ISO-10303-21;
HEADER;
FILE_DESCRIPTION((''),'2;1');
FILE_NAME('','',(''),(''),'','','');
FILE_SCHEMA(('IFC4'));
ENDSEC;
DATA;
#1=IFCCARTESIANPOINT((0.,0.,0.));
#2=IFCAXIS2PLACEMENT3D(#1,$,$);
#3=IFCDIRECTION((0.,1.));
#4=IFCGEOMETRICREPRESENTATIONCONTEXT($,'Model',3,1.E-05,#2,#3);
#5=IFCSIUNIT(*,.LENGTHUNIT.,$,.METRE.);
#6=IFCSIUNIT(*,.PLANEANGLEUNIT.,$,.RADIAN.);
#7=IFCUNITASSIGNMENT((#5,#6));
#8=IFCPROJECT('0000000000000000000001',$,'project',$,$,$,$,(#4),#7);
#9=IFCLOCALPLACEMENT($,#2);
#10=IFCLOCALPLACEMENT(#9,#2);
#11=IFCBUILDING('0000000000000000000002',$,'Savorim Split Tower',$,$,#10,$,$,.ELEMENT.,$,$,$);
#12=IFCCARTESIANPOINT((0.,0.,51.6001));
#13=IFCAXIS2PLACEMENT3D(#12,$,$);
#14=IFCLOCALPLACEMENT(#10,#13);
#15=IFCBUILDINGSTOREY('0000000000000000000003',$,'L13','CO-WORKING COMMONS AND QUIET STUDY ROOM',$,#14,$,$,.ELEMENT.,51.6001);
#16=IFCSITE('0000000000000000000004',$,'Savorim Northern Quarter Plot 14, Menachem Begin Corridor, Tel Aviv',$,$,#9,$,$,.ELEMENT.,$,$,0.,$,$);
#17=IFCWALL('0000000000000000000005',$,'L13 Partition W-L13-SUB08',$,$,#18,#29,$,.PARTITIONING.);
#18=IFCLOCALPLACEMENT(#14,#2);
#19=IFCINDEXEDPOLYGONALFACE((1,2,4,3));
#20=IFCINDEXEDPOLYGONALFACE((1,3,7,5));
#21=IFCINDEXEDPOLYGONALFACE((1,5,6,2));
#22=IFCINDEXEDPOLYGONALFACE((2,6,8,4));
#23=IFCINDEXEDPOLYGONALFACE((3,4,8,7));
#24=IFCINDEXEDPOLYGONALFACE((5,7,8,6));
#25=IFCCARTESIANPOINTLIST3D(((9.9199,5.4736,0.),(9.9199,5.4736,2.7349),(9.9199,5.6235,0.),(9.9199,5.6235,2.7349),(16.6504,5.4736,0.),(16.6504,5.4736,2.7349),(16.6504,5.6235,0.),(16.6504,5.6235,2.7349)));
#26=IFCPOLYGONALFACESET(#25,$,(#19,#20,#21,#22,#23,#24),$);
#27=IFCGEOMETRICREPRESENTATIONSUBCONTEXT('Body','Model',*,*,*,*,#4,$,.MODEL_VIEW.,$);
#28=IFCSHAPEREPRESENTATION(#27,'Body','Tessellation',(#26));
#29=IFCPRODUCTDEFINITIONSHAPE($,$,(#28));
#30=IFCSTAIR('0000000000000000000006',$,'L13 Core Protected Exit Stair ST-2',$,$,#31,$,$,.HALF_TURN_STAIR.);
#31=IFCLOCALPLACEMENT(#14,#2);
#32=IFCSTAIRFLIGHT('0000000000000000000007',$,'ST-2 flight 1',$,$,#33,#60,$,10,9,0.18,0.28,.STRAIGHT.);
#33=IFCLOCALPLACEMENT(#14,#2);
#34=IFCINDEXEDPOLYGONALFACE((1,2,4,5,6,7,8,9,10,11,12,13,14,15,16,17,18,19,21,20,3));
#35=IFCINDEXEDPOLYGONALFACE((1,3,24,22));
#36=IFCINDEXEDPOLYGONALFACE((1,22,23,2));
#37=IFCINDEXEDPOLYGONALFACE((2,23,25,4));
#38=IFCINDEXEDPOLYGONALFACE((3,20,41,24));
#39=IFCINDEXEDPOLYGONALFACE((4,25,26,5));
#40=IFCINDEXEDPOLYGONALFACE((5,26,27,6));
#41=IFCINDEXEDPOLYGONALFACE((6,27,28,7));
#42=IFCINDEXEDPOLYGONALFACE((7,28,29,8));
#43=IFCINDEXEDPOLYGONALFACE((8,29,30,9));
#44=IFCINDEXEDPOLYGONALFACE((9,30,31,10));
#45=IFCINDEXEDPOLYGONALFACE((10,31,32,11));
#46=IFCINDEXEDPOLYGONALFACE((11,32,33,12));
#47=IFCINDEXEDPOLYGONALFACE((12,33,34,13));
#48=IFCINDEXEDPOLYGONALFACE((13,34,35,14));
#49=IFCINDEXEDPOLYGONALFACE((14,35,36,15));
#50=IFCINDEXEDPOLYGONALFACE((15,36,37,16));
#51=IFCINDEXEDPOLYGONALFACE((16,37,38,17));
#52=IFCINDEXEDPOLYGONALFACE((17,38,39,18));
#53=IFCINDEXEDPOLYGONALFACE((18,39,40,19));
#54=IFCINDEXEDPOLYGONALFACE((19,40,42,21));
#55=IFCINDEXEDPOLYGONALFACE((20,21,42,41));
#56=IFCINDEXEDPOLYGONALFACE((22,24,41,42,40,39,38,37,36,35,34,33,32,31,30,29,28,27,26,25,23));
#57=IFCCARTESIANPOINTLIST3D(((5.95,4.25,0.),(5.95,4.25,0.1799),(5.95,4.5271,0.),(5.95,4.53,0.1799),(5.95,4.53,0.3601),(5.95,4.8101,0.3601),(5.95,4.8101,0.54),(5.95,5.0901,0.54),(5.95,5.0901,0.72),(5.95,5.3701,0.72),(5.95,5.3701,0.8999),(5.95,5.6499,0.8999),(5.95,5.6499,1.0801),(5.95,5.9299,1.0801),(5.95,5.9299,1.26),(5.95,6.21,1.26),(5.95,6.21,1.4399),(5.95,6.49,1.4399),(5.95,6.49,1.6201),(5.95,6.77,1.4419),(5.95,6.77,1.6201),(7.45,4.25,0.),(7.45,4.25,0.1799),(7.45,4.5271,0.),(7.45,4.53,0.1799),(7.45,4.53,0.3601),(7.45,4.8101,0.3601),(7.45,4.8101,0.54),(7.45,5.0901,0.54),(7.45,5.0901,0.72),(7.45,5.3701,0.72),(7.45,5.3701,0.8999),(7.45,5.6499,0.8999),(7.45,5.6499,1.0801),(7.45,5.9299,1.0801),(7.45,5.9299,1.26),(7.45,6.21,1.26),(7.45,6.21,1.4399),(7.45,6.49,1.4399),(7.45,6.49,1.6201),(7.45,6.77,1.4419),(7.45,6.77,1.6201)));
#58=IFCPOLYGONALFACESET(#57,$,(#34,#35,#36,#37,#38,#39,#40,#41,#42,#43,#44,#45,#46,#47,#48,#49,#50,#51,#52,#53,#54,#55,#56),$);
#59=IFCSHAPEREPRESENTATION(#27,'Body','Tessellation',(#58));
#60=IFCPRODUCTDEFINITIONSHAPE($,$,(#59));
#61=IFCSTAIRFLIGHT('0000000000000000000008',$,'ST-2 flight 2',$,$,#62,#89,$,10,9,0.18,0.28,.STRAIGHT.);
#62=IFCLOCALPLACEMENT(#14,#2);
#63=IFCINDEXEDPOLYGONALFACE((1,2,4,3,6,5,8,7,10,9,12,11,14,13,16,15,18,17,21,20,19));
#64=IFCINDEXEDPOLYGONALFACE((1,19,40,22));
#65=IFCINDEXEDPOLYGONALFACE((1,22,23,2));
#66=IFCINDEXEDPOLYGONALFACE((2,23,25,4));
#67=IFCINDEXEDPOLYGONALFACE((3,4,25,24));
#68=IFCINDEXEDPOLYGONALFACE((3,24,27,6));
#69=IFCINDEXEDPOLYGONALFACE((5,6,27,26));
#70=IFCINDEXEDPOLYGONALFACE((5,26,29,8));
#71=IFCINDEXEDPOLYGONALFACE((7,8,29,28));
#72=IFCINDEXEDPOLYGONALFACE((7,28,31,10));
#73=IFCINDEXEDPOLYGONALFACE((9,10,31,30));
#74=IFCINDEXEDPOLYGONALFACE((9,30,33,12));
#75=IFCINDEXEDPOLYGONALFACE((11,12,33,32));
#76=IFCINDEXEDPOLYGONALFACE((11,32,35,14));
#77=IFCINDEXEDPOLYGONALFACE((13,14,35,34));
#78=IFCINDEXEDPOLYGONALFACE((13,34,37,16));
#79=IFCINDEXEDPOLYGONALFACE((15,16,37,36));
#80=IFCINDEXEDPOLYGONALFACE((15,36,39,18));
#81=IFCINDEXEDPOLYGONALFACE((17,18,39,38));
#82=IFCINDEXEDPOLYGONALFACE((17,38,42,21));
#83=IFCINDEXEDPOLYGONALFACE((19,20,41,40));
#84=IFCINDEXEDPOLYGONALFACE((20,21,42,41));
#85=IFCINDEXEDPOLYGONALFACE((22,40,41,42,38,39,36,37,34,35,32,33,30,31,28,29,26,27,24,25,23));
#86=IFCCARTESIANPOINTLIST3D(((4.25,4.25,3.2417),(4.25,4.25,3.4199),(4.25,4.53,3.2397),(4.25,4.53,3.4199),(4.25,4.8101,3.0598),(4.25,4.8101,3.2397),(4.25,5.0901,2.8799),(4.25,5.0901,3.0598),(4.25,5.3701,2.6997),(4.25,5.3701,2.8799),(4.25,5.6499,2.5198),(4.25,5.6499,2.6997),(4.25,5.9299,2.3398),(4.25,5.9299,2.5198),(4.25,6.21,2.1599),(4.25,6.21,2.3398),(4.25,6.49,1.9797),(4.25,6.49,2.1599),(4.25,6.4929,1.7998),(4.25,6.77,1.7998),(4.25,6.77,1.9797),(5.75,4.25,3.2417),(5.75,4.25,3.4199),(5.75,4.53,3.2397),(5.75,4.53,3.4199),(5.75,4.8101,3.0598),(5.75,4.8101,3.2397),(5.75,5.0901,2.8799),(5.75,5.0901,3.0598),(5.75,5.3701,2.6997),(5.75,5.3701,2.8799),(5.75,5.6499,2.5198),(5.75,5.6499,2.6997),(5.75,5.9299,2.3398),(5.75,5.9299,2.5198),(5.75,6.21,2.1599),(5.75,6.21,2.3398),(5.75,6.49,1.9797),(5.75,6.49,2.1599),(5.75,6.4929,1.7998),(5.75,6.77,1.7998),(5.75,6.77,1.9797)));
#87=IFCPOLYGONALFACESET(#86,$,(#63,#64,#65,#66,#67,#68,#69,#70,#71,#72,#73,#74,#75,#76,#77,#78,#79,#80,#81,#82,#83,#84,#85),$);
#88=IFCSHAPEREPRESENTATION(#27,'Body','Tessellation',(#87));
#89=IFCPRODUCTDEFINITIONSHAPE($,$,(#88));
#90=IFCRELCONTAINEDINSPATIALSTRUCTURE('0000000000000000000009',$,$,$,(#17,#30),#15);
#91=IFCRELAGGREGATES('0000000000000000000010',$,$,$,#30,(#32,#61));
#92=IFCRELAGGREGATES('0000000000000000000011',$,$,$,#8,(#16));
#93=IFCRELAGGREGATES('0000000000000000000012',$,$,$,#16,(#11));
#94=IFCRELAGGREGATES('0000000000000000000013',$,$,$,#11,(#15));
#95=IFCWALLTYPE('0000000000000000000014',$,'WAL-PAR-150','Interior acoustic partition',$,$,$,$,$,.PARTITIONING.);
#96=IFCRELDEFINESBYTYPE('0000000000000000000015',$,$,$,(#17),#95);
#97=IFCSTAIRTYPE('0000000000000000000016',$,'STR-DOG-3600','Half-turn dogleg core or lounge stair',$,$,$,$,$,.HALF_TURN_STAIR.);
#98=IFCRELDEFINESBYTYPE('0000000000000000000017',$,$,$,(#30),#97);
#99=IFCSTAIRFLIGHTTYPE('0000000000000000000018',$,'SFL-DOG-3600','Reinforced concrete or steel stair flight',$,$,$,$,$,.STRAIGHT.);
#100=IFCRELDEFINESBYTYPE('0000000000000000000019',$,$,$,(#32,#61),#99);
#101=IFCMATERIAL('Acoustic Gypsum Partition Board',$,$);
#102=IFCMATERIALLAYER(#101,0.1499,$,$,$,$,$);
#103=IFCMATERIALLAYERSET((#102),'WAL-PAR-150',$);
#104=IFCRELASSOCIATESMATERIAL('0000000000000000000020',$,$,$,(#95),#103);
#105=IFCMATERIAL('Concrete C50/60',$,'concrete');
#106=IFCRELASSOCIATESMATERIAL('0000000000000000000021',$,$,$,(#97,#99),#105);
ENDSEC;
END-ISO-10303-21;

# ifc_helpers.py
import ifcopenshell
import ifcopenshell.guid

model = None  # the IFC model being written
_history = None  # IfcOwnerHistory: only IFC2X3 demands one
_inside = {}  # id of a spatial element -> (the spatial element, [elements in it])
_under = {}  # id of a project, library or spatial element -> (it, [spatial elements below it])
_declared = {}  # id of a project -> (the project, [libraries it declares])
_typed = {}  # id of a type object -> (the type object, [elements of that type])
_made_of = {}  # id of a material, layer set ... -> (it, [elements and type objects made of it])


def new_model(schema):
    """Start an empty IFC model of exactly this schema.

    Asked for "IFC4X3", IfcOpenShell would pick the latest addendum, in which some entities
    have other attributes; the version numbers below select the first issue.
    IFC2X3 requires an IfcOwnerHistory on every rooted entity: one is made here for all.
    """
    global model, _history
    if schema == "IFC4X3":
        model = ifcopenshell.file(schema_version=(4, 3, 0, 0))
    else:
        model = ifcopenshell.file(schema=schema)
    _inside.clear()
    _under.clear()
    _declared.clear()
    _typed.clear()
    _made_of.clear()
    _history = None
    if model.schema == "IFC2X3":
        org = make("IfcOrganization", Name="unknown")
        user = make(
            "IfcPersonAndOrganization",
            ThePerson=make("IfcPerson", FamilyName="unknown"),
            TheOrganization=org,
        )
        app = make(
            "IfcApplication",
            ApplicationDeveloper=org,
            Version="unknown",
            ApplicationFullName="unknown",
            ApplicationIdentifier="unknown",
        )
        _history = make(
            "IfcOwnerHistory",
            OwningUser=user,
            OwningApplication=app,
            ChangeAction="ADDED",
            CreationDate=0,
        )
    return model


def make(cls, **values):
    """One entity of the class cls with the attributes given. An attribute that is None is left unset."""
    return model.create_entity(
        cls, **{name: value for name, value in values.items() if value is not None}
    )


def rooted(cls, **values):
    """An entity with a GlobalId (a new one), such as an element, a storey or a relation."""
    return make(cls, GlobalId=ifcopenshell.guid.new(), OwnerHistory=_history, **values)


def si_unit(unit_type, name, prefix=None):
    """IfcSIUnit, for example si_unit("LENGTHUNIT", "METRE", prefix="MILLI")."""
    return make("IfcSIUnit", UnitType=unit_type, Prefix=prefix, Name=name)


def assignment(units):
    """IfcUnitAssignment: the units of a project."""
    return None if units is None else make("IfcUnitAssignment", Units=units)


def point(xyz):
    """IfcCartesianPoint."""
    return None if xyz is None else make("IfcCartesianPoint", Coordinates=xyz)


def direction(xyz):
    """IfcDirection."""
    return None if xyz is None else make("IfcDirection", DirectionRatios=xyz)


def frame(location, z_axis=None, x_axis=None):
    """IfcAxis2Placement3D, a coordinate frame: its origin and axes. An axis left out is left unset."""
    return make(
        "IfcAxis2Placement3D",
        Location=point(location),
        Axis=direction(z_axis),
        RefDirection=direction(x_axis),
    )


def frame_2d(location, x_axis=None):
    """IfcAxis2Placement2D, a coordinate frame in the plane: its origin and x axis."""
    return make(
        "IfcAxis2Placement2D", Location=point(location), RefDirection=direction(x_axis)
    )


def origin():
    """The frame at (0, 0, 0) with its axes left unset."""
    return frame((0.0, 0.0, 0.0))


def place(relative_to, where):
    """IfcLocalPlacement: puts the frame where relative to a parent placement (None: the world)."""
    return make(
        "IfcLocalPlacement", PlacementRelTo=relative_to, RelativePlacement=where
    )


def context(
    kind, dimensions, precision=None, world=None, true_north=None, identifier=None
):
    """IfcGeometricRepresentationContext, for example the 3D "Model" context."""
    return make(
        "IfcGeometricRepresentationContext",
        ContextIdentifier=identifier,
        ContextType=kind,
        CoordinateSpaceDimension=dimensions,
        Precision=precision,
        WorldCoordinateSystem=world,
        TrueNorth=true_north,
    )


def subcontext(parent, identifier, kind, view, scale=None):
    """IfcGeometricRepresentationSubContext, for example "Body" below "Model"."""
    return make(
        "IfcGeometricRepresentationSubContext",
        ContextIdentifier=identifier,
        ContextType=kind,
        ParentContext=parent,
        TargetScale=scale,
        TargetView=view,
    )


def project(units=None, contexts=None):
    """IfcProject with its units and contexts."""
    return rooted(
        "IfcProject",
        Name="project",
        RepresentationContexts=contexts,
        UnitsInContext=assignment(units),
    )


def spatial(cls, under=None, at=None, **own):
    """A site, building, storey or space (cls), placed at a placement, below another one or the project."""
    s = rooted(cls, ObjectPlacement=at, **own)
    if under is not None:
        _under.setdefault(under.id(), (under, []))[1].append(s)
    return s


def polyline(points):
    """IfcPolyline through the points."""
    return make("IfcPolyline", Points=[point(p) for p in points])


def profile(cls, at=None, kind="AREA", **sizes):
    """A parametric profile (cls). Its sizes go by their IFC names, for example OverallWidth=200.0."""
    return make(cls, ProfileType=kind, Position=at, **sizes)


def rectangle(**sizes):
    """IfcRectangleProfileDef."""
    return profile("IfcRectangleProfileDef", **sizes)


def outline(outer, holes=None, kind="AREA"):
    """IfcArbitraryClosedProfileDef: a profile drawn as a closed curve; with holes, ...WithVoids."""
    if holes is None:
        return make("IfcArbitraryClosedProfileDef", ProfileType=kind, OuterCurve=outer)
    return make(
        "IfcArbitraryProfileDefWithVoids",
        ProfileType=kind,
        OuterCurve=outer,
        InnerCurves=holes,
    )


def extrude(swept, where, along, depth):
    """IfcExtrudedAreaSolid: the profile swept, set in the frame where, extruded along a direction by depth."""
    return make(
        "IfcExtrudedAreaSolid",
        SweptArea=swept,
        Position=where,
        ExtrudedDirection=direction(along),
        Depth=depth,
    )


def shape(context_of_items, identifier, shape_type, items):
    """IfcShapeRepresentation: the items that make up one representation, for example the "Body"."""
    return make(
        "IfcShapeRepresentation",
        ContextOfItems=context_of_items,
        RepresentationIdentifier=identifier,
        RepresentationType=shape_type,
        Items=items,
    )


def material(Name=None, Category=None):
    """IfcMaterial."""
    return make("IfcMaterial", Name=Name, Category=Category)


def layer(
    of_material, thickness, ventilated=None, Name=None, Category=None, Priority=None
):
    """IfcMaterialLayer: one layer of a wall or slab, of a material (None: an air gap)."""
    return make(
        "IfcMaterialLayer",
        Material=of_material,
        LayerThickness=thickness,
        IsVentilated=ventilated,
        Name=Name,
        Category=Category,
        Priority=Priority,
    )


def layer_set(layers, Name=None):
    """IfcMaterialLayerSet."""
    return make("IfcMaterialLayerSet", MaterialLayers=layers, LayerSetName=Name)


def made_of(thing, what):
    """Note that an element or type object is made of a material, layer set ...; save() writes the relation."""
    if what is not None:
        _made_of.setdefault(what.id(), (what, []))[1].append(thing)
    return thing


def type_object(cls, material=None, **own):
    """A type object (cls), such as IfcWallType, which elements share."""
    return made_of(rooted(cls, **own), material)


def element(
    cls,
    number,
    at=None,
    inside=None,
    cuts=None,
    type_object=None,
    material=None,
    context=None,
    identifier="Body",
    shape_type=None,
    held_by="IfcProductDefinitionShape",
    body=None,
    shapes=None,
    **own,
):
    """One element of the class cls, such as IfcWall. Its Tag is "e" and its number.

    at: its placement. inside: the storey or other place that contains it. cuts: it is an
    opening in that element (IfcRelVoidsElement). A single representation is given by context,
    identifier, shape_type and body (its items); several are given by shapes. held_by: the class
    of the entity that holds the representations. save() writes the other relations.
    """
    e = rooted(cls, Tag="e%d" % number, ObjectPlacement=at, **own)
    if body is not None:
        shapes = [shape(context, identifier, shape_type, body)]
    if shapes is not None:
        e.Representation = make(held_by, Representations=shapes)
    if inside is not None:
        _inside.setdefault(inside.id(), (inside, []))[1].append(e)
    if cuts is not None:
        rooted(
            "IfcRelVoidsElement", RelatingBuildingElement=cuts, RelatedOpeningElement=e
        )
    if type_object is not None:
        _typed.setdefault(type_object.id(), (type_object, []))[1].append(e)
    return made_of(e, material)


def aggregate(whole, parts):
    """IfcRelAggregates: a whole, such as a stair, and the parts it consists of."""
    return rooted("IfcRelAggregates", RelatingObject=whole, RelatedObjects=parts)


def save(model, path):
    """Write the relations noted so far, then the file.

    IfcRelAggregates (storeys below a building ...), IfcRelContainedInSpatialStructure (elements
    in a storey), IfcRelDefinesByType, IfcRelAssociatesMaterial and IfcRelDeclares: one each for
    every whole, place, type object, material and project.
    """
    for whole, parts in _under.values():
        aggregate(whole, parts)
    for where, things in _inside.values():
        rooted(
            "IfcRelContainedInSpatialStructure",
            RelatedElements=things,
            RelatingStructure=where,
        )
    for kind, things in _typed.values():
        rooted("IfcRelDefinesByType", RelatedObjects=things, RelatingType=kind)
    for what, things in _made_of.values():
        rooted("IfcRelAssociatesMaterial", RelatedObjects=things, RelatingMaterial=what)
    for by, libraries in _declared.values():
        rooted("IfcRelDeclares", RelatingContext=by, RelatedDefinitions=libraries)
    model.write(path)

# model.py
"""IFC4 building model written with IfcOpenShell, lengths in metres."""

from ifc_helpers import new_model, si_unit, direction, frame, frame_2d, origin, place, context, subcontext, project, spatial, polyline, rectangle, outline, extrude, material, layer, layer_set, type_object, element, aggregate, save


model = new_model("IFC4")

# Units and contexts
model_context = context("Model", 3, precision=1e-05, world=origin(), true_north=direction((0.0, 1.0)))
body_context = subcontext(model_context, "Body", "Model", "MODEL_VIEW")
ifc_project = project(units=[si_unit("LENGTHUNIT", "METRE"), si_unit("PLANEANGLEUNIT", "RADIAN")], contexts=[model_context])

# Site, building, storey
site_placement = place(None, origin())
site = spatial("IfcSite", under=ifc_project, at=site_placement, Name="Savorim Northern Quarter Plot 14, Menachem Begin Corridor, Tel Aviv", CompositionType="ELEMENT", RefElevation=0.0)
building_placement = place(site_placement, origin())
building = spatial("IfcBuilding", under=site, at=building_placement, Name="Savorim Split Tower", CompositionType="ELEMENT")
storey_placement = place(building_placement, frame((0.0, 0.0, 51.6001)))
storey = spatial("IfcBuildingStorey", under=building, at=storey_placement, Name="L13", Description="CO-WORKING COMMONS AND QUIET STUDY ROOM", CompositionType="ELEMENT", Elevation=51.6001)

# Shared definitions
ifc_material_1 = material(Name="Concrete C50/60", Category="concrete")

# Wall
ifc_material_2 = material(Name="Acoustic Gypsum Partition Board")
ifc_layer_1 = layer(ifc_material_2, 0.1499)
ifc_layer_set_1 = layer_set([ifc_layer_1], Name="WAL-PAR-150")
wall_type_1 = type_object("IfcWallType", Name="WAL-PAR-150", Description="Interior acoustic partition", PredefinedType="PARTITIONING", material=ifc_layer_set_1)
wall_1_placement = place(storey_placement, frame((9.9199, 5.5486, 0.0), z_axis=(0.0, 0.0, 1.0), x_axis=(1.0, 0.0, 0.0)))
element("IfcWall", 1, at=wall_1_placement, inside=storey, type_object=wall_type_1, Name="L13 Partition W-L13-SUB08", PredefinedType="PARTITIONING", context=body_context, shape_type="SweptSolid", body=[
    extrude(rectangle(XDim=6.7305, YDim=0.1499, at=frame_2d((3.3652, 0.0))), origin(), (0.0, 0.0, 1.0), 2.7349),
])

# Stair, stair flights
stair_type = type_object("IfcStairType", Name="STR-DOG-3600", Description="Half-turn dogleg core or lounge stair", PredefinedType="HALF_TURN_STAIR", material=ifc_material_1)
stair_placement = place(storey_placement, origin())
stair = element("IfcStair", 2, at=stair_placement, inside=storey, type_object=stair_type, Name="L13 Core Protected Exit Stair ST-2", PredefinedType="HALF_TURN_STAIR")
stair_flight_type = type_object("IfcStairFlightType", Name="SFL-DOG-3600", Description="Reinforced concrete or steel stair flight", PredefinedType="STRAIGHT", material=ifc_material_1)
stair_flight_1_placement = place(storey_placement, frame((6.7, 4.25, 0.0), z_axis=(0.0, 0.0, 1.0), x_axis=(0.0, 1.0, 0.0)))
stair_flight_1 = element("IfcStairFlight", 3, at=stair_flight_1_placement, type_object=stair_flight_type, Name="ST-2 flight 1", NumberOfRisers=10, NumberOfTreads=9, PredefinedType="STRAIGHT", RiserHeight=0.18, TreadLength=0.28, context=body_context, shape_type="SweptSolid", body=[
    extrude(outline(polyline([(0.0, 0.0), (0.0, 0.1799), (0.28, 0.1799), (0.28, 0.3601), (0.5601, 0.3601), (0.5601, 0.54), (0.8401, 0.54), (0.8401, 0.72), (1.1201, 0.72), (1.1201, 0.8999), (1.3999, 0.8999), (1.3999, 1.0801), (1.6799, 1.0801), (1.6799, 1.26), (1.96, 1.26), (1.96, 1.4399), (2.24, 1.4399), (2.24, 1.6201), (2.52, 1.6201), (2.52, 1.8), (2.52, 1.4419), (0.2771, 0.0), (0.0, 0.0)])), frame((0.0, 0.75, 0.0), z_axis=(0.0, -1.0, 0.0), x_axis=(1.0, 0.0, 0.0)), (0.0, 0.0, 1.0), 1.5),
])
stair_flight_2_placement = place(storey_placement, frame((5.0, 6.77, 1.7998), z_axis=(0.0, 0.0, 1.0), x_axis=(0.0, -1.0, 0.0)))
stair_flight_2 = element("IfcStairFlight", 4, at=stair_flight_2_placement, type_object=stair_flight_type, Name="ST-2 flight 2", NumberOfRisers=10, NumberOfTreads=9, PredefinedType="STRAIGHT", RiserHeight=0.18, TreadLength=0.28, context=body_context, shape_type="SweptSolid", body=[
    extrude(outline(polyline([(0.0, 0.0), (0.0, 0.1799), (0.28, 0.1799), (0.28, 0.3601), (0.5601, 0.3601), (0.5601, 0.54), (0.8401, 0.54), (0.8401, 0.72), (1.1201, 0.72), (1.1201, 0.8999), (1.3999, 0.8999), (1.3999, 1.0801), (1.6799, 1.0801), (1.6799, 1.26), (1.96, 1.26), (1.96, 1.4399), (2.24, 1.4399), (2.24, 1.6201), (2.52, 1.6201), (2.52, 1.8), (2.52, 1.4419), (0.2771, 0.0), (0.0, 0.0)])), frame((0.0, 0.75, 0.0), z_axis=(0.0, -1.0, 0.0), x_axis=(1.0, 0.0, 0.0)), (0.0, 0.0, 1.0), 1.5),
])
aggregate(stair, [stair_flight_1, stair_flight_2])

save(model, "model.ifc")
